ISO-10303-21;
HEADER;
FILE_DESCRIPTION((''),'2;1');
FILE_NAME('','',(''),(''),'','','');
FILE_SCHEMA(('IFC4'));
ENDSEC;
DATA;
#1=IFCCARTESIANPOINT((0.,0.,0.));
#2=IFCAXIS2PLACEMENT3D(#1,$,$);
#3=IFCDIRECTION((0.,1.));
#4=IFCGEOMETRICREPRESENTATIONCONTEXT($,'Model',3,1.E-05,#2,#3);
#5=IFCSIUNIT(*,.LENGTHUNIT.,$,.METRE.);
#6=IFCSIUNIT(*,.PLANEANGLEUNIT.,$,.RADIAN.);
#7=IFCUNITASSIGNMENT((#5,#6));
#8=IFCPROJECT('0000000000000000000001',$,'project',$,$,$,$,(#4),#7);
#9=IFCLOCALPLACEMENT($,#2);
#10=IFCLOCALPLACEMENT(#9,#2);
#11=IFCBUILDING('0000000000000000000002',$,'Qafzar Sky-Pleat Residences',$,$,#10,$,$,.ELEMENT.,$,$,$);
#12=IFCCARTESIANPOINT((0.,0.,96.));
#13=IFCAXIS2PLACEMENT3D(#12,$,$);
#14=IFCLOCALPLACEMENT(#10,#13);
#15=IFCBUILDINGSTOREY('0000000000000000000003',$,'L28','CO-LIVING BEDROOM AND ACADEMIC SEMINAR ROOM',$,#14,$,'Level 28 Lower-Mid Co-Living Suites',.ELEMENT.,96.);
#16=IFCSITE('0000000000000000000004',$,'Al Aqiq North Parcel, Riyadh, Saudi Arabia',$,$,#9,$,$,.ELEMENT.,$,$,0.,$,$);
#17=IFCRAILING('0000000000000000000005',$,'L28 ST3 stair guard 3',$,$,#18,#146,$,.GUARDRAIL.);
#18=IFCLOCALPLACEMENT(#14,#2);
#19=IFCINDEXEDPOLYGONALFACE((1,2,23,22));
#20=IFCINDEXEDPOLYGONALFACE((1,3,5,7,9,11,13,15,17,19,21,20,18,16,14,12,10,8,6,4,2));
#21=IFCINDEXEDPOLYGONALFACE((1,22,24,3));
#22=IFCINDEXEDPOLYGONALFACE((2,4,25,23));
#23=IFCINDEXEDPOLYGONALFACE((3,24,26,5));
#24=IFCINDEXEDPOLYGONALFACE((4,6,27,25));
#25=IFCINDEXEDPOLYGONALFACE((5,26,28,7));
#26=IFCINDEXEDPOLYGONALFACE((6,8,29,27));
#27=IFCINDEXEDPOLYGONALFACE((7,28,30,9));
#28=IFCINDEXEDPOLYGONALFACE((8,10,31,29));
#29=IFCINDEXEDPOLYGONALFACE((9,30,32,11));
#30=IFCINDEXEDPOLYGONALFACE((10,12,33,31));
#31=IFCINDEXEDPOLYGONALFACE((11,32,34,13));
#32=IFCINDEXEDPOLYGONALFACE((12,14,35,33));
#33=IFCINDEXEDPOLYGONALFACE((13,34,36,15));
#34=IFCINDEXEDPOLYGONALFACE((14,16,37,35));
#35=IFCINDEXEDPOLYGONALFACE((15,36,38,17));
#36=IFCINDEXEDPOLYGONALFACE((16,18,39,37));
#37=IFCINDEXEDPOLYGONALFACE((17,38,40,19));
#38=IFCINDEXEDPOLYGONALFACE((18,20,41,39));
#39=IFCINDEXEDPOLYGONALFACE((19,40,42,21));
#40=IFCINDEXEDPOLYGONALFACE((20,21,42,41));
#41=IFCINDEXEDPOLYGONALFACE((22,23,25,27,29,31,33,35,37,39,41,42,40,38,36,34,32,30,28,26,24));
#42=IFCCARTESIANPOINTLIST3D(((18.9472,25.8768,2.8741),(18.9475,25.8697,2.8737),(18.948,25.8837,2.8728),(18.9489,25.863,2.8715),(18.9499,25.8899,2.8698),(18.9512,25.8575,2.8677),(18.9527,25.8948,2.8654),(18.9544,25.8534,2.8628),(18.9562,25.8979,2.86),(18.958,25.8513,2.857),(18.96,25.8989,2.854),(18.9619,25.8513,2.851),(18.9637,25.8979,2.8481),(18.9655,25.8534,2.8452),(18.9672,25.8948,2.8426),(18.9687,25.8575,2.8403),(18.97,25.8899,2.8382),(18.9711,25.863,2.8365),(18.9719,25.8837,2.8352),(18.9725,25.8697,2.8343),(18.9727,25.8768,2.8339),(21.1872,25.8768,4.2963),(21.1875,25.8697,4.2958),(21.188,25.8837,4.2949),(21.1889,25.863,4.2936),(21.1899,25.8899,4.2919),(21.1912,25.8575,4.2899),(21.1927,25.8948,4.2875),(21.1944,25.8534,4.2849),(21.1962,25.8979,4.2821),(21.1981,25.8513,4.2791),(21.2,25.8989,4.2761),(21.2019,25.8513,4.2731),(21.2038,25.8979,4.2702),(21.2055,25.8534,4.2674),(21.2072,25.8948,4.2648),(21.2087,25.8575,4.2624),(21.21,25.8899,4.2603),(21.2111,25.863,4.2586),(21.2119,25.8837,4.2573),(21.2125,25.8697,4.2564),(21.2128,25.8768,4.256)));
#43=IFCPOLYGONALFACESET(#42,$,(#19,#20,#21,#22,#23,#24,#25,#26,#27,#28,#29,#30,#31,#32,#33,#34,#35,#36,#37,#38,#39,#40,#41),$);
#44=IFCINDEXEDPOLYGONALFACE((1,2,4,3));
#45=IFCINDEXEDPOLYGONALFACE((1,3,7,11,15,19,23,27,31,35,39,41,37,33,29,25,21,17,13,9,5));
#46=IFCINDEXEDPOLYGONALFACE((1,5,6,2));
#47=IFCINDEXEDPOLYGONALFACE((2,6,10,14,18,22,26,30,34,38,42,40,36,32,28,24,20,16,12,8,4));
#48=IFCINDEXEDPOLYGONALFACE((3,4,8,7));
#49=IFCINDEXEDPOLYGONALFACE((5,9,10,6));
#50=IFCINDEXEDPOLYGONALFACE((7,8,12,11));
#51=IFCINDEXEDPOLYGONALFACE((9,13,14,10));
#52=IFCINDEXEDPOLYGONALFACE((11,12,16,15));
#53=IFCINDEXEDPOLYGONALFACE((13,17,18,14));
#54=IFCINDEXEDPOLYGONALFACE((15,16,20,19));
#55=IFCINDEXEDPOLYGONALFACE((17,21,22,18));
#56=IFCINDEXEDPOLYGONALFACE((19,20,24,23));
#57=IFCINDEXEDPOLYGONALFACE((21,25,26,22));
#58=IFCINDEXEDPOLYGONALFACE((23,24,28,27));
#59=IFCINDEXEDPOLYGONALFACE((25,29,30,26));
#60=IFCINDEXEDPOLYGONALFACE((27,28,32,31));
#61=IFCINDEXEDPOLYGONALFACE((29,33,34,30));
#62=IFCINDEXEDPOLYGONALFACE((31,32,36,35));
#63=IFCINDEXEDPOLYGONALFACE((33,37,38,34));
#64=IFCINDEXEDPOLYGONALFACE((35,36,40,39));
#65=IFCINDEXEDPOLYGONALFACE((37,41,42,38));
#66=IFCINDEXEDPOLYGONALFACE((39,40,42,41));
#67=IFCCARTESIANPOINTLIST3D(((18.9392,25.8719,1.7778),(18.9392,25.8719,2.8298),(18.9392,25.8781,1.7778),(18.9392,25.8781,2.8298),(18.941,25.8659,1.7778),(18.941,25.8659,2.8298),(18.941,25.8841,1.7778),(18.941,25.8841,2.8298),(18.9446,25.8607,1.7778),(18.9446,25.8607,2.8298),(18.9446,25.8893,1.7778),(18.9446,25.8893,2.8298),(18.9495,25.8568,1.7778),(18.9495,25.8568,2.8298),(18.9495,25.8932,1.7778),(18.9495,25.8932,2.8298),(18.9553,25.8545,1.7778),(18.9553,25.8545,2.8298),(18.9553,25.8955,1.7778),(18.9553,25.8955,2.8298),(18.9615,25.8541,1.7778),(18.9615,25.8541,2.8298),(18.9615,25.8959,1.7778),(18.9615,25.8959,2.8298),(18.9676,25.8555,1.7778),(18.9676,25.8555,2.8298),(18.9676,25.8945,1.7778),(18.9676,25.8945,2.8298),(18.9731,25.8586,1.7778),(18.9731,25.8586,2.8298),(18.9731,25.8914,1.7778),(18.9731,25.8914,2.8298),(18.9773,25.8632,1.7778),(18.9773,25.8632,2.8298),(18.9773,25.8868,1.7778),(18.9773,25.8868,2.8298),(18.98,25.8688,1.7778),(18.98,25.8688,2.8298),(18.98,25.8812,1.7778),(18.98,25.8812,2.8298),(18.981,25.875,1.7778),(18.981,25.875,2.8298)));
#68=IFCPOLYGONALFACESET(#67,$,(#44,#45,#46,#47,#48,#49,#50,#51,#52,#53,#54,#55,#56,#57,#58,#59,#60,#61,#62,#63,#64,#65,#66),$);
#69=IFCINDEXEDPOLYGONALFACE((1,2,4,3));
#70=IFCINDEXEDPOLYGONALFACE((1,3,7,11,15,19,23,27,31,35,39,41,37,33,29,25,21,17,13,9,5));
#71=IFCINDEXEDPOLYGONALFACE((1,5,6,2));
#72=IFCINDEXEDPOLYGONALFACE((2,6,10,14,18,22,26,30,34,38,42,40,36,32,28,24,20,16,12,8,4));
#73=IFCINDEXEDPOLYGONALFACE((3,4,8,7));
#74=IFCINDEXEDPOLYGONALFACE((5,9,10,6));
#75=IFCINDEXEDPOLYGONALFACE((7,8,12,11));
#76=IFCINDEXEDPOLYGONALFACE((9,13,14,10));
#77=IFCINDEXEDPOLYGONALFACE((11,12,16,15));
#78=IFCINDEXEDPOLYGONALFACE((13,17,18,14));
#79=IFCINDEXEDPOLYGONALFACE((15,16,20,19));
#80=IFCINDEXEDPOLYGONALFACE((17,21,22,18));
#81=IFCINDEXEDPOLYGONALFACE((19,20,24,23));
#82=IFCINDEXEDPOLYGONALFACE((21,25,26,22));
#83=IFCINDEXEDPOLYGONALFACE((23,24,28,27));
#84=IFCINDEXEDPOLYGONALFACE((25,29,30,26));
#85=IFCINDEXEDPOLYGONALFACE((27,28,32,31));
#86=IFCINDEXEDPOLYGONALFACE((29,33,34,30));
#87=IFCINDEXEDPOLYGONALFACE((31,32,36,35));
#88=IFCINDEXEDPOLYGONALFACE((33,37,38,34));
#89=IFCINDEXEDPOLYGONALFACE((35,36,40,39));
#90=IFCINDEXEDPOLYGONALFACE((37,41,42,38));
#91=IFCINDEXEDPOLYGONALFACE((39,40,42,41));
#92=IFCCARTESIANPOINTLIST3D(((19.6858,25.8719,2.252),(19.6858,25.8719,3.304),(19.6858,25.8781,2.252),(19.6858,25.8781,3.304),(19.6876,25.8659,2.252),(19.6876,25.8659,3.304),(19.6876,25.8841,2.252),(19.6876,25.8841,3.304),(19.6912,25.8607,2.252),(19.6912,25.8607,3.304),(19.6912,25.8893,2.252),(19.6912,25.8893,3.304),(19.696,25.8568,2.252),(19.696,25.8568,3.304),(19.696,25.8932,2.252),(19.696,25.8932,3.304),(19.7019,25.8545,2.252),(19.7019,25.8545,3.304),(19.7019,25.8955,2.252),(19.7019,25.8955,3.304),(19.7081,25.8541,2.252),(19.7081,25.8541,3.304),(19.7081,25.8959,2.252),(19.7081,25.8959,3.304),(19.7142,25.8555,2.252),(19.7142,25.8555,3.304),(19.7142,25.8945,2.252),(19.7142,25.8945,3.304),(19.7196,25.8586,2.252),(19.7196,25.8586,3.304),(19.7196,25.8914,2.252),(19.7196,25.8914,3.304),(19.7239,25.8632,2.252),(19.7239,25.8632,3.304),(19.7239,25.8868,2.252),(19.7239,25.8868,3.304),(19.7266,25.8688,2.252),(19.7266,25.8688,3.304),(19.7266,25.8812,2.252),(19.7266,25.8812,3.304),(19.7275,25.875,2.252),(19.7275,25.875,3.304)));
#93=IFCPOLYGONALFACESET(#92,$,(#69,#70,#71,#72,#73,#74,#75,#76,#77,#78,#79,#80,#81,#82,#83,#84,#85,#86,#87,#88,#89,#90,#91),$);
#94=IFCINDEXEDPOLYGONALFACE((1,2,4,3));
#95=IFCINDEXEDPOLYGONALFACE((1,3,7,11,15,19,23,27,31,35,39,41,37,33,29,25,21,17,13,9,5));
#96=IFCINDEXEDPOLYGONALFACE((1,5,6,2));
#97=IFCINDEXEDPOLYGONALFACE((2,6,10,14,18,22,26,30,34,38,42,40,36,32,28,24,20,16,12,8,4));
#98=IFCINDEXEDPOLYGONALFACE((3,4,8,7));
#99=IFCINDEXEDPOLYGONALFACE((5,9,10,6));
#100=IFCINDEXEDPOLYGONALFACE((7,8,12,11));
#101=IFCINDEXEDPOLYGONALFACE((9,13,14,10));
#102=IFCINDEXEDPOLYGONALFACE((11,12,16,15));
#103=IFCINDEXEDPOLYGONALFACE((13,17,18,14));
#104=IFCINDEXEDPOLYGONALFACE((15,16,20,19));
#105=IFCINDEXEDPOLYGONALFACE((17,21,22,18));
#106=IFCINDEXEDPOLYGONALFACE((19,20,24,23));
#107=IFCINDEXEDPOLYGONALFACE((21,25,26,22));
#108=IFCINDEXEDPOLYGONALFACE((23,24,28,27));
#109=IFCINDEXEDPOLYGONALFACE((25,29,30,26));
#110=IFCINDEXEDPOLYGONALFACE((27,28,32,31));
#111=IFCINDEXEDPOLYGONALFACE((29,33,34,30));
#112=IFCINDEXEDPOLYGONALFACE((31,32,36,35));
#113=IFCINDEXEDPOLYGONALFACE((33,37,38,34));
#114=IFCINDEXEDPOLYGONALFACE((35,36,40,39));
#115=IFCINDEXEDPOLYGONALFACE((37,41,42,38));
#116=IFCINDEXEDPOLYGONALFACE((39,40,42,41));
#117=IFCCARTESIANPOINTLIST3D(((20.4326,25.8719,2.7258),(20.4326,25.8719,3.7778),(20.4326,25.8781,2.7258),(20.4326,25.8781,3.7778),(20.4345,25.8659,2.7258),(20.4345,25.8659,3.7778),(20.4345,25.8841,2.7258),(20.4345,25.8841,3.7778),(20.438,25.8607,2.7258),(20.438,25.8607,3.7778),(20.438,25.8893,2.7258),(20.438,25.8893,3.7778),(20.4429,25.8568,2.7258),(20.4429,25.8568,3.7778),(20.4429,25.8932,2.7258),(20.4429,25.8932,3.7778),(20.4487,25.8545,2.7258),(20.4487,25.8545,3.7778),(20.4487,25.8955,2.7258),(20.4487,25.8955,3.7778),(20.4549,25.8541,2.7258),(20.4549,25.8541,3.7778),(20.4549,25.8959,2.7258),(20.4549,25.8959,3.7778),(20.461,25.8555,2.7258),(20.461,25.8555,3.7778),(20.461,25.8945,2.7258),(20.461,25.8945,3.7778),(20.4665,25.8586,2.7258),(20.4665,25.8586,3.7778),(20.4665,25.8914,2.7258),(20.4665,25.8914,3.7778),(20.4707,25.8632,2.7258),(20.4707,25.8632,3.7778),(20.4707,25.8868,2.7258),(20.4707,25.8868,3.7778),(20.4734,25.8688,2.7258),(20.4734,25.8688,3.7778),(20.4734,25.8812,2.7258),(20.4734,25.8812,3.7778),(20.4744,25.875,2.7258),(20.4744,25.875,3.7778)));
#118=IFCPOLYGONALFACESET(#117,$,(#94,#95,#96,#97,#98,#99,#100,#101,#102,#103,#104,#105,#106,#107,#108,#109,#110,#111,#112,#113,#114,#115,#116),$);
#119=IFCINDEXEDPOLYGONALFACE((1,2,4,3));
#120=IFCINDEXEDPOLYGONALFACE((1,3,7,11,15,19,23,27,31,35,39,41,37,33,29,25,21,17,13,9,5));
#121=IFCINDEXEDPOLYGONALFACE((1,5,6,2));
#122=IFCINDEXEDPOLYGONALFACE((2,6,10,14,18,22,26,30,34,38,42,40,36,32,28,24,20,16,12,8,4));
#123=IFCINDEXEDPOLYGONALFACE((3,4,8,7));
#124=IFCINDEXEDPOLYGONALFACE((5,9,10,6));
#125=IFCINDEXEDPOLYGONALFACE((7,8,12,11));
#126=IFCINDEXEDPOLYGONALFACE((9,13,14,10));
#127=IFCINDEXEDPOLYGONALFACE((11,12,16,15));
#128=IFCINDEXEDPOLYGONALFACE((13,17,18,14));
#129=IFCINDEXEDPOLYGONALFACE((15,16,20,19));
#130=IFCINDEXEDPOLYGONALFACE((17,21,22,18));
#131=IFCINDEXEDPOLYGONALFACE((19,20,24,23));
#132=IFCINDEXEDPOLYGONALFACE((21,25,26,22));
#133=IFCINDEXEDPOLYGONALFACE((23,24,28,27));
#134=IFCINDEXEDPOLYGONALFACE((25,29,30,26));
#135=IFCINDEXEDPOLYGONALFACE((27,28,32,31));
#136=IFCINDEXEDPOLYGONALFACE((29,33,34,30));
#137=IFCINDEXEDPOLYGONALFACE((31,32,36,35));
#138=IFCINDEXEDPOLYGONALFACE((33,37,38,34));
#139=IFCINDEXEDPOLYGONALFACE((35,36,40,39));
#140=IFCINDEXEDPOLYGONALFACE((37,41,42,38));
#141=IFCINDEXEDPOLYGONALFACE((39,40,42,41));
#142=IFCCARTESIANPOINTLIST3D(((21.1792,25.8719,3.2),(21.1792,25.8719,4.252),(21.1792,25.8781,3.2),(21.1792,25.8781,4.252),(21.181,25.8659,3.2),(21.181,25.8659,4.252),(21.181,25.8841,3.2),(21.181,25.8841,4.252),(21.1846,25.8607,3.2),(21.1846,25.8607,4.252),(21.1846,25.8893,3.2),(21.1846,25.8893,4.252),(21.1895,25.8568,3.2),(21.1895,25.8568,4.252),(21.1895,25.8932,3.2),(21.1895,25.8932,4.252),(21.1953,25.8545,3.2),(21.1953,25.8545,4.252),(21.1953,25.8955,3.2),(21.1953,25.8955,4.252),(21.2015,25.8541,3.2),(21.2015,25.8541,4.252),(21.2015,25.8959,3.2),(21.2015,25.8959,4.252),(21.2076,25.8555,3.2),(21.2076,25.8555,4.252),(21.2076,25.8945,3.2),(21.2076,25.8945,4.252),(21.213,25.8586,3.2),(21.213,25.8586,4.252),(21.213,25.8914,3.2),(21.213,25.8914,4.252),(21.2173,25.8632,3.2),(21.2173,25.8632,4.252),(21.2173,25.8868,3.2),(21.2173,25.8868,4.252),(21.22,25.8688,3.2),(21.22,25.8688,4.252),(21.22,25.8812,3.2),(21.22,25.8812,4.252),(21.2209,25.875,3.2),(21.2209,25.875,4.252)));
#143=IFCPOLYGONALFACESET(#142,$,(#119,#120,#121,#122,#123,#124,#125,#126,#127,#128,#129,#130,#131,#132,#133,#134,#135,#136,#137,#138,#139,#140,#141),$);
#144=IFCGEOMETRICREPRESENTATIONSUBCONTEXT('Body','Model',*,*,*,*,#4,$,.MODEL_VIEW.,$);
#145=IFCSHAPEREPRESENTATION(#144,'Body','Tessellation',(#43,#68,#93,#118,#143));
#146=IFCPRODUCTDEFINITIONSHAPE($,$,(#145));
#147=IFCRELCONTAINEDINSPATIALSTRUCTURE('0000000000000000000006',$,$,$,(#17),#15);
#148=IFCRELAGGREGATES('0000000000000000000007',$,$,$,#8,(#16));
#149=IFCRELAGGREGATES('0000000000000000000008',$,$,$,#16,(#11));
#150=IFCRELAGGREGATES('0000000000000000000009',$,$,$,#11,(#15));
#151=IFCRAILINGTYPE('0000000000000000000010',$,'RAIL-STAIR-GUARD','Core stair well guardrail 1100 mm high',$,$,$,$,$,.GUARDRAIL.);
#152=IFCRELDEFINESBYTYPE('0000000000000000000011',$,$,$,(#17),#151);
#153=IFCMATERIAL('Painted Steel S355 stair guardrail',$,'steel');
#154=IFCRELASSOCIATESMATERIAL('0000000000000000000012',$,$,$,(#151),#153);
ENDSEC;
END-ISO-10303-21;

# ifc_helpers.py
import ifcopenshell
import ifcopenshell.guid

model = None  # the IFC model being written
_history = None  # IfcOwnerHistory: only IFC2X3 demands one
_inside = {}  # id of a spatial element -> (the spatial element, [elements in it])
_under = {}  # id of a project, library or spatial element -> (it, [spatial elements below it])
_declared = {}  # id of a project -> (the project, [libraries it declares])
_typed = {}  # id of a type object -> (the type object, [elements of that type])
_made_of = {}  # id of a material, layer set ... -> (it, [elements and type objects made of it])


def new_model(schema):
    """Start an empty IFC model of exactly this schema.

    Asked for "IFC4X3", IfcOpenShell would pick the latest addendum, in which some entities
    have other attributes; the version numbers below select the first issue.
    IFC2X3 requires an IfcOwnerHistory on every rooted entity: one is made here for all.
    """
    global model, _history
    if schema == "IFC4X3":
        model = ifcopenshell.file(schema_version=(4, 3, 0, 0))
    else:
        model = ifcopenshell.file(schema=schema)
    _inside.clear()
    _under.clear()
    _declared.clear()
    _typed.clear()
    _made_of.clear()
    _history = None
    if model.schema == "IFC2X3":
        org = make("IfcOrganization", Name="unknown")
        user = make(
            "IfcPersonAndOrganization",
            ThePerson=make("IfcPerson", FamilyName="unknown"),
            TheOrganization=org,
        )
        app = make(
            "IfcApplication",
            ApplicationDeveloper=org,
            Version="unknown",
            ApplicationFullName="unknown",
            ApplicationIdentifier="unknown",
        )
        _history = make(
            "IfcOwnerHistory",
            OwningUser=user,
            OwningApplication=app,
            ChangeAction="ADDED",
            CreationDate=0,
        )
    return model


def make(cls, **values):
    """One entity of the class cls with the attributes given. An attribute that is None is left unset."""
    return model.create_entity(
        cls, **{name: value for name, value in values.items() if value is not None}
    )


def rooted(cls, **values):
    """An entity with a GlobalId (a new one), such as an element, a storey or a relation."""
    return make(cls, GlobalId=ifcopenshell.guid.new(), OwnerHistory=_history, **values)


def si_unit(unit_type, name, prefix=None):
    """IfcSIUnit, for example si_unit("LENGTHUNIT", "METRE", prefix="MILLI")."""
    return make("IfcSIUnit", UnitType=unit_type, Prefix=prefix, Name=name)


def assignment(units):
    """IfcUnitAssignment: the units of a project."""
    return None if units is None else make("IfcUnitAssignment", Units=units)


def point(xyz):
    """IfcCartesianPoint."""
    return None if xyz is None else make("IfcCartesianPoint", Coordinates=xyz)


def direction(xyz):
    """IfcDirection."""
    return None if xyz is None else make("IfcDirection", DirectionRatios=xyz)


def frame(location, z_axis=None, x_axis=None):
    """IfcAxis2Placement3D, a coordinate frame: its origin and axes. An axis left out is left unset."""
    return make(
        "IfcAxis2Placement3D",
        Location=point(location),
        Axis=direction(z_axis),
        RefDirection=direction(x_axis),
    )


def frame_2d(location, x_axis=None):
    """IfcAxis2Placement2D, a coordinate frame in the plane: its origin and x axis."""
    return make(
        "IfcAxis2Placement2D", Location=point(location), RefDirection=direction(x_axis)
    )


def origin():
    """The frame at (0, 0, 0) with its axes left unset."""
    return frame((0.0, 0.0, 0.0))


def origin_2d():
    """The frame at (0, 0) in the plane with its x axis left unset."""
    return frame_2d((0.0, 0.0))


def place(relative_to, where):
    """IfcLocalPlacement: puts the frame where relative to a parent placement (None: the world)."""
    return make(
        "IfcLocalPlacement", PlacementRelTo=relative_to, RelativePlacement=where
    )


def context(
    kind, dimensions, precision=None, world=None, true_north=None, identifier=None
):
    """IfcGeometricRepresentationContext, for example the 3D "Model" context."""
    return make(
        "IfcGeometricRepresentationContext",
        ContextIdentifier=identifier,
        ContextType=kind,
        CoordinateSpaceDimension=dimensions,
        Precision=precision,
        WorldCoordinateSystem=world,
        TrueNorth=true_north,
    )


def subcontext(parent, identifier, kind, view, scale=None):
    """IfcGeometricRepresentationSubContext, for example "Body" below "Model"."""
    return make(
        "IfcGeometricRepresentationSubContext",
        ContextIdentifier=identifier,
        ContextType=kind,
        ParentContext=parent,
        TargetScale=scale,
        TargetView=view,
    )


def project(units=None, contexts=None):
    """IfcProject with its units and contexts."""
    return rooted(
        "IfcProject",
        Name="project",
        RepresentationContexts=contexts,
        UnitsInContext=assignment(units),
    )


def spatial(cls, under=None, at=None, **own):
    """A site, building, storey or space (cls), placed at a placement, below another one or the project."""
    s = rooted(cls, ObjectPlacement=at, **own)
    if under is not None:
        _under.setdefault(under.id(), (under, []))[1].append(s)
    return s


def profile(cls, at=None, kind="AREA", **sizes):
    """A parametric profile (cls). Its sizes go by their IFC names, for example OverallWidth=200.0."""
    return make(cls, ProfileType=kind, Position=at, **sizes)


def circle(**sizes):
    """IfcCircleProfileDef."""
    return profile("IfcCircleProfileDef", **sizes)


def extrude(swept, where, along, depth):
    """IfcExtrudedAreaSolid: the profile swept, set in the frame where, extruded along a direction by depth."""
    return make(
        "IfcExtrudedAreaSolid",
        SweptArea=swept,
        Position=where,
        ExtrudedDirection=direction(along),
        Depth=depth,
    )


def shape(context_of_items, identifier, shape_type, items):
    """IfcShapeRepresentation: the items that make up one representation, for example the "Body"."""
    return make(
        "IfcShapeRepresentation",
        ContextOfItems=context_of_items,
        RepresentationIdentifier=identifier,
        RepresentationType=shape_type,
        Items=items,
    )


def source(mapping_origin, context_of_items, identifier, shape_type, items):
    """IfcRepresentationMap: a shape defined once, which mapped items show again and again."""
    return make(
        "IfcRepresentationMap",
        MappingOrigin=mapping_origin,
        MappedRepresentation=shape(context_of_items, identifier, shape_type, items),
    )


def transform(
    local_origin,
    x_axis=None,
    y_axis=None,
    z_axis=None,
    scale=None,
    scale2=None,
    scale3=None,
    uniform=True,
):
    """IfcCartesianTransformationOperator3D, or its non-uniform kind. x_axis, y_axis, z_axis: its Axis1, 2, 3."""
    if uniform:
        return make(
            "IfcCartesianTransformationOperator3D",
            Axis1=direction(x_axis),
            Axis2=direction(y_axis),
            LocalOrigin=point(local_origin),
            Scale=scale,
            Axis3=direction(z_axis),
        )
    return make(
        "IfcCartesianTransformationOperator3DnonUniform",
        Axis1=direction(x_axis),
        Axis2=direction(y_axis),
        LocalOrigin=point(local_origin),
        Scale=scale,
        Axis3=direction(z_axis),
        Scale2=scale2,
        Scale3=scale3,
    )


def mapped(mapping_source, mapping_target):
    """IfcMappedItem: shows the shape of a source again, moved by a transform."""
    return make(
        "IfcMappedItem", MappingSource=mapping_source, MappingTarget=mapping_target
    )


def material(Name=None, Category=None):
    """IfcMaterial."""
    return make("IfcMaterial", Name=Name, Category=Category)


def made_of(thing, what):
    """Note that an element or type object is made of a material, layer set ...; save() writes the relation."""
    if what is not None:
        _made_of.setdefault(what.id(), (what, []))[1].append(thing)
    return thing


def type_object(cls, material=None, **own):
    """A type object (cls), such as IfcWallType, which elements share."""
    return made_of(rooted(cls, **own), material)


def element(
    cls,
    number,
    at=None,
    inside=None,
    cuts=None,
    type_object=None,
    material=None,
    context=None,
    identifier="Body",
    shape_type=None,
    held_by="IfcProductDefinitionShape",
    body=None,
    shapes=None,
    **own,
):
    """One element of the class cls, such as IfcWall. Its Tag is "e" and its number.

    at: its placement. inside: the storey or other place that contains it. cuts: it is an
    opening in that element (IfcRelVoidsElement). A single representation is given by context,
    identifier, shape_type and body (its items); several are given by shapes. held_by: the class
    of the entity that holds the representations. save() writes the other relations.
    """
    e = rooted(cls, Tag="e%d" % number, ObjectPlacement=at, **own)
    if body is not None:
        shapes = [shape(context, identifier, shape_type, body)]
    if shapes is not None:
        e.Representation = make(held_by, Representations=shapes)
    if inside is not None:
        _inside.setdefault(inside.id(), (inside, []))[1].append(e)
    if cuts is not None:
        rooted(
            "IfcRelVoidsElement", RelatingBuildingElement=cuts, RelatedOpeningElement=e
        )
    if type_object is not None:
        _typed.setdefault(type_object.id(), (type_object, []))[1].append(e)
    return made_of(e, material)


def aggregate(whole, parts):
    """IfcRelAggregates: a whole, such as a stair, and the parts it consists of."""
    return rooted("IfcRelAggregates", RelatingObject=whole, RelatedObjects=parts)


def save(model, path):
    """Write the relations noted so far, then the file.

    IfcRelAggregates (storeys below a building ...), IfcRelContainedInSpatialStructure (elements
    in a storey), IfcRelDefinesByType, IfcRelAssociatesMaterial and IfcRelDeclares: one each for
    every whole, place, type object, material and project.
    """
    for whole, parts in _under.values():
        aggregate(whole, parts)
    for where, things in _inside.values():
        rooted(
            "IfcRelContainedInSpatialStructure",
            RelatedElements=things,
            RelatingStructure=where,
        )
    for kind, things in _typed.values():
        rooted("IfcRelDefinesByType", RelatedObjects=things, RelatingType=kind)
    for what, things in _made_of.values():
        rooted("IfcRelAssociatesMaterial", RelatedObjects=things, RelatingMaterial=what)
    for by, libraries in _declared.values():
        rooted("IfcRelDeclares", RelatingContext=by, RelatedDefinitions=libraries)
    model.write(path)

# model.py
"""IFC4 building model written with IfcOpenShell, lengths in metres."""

from ifc_helpers import new_model, si_unit, direction, frame, origin, origin_2d, place, context, subcontext, project, spatial, circle, extrude, source, transform, mapped, material, type_object, element, save


model = new_model("IFC4")

# Units and contexts
model_context = context("Model", 3, precision=1e-05, world=origin(), true_north=direction((0.0, 1.0)))
body_context = subcontext(model_context, "Body", "Model", "MODEL_VIEW")
ifc_project = project(units=[si_unit("LENGTHUNIT", "METRE"), si_unit("PLANEANGLEUNIT", "RADIAN")], contexts=[model_context])

# Site, building, storey
site_placement = place(None, origin())
site = spatial("IfcSite", under=ifc_project, at=site_placement, Name="Al Aqiq North Parcel, Riyadh, Saudi Arabia", CompositionType="ELEMENT", RefElevation=0.0)
building_placement = place(site_placement, origin())
building = spatial("IfcBuilding", under=site, at=building_placement, Name="Qafzar Sky-Pleat Residences", CompositionType="ELEMENT")
storey_placement = place(building_placement, frame((0.0, 0.0, 96.0)))
storey = spatial("IfcBuildingStorey", under=building, at=storey_placement, Name="L28", Description="CO-LIVING BEDROOM AND ACADEMIC SEMINAR ROOM", LongName="Level 28 Lower-Mid Co-Living Suites", CompositionType="ELEMENT", Elevation=96.0)

# Railing
ifc_material_1 = material(Name="Painted Steel S355 stair guardrail", Category="steel")
railing_type_1 = type_object("IfcRailingType", Name="RAIL-STAIR-GUARD", Description="Core stair well guardrail 1100 mm high", PredefinedType="GUARDRAIL", material=ifc_material_1)
shared_shape_1 = source(origin(), body_context, "Body", "SweptSolid", [
    extrude(circle(Radius=0.0239, at=origin_2d()), frame((0.0, 0.0, 1.0762), z_axis=(0.844229, 0.0, 0.535982), x_axis=(0.0, 1.0, 0.0)), (0.0, 0.0, 1.0), 2.6533),
    extrude(circle(Radius=0.021, at=origin_2d()), origin(), (0.0, 0.0, 1.0), 1.052),
    extrude(circle(Radius=0.021, at=origin_2d()), frame((0.7466, 0.0, 0.4741)), (0.0, 0.0, 1.0), 1.052),
    extrude(circle(Radius=0.021, at=origin_2d()), frame((1.4934, 0.0, 0.948)), (0.0, 0.0, 1.0), 1.052),
    extrude(circle(Radius=0.021, at=origin_2d()), frame((2.24, 0.0, 1.4221)), (0.0, 0.0, 1.0), 1.052),
])
railing_1_placement = place(storey_placement, frame((18.96, 25.875, 1.7778)))
element("IfcRailing", 1, at=railing_1_placement, inside=storey, type_object=railing_type_1, Name="L28 ST3 stair guard 3", PredefinedType="GUARDRAIL", context=body_context, shape_type="MappedRepresentation", body=[
    mapped(shared_shape_1, transform((0.0, 0.0, 0.0), x_axis=(1.0, 0.0, 0.0), y_axis=(0.0, 1.0, 0.0), z_axis=(0.0, 0.0, 1.0), scale=1.0)),
])

save(model, "model.ifc")
